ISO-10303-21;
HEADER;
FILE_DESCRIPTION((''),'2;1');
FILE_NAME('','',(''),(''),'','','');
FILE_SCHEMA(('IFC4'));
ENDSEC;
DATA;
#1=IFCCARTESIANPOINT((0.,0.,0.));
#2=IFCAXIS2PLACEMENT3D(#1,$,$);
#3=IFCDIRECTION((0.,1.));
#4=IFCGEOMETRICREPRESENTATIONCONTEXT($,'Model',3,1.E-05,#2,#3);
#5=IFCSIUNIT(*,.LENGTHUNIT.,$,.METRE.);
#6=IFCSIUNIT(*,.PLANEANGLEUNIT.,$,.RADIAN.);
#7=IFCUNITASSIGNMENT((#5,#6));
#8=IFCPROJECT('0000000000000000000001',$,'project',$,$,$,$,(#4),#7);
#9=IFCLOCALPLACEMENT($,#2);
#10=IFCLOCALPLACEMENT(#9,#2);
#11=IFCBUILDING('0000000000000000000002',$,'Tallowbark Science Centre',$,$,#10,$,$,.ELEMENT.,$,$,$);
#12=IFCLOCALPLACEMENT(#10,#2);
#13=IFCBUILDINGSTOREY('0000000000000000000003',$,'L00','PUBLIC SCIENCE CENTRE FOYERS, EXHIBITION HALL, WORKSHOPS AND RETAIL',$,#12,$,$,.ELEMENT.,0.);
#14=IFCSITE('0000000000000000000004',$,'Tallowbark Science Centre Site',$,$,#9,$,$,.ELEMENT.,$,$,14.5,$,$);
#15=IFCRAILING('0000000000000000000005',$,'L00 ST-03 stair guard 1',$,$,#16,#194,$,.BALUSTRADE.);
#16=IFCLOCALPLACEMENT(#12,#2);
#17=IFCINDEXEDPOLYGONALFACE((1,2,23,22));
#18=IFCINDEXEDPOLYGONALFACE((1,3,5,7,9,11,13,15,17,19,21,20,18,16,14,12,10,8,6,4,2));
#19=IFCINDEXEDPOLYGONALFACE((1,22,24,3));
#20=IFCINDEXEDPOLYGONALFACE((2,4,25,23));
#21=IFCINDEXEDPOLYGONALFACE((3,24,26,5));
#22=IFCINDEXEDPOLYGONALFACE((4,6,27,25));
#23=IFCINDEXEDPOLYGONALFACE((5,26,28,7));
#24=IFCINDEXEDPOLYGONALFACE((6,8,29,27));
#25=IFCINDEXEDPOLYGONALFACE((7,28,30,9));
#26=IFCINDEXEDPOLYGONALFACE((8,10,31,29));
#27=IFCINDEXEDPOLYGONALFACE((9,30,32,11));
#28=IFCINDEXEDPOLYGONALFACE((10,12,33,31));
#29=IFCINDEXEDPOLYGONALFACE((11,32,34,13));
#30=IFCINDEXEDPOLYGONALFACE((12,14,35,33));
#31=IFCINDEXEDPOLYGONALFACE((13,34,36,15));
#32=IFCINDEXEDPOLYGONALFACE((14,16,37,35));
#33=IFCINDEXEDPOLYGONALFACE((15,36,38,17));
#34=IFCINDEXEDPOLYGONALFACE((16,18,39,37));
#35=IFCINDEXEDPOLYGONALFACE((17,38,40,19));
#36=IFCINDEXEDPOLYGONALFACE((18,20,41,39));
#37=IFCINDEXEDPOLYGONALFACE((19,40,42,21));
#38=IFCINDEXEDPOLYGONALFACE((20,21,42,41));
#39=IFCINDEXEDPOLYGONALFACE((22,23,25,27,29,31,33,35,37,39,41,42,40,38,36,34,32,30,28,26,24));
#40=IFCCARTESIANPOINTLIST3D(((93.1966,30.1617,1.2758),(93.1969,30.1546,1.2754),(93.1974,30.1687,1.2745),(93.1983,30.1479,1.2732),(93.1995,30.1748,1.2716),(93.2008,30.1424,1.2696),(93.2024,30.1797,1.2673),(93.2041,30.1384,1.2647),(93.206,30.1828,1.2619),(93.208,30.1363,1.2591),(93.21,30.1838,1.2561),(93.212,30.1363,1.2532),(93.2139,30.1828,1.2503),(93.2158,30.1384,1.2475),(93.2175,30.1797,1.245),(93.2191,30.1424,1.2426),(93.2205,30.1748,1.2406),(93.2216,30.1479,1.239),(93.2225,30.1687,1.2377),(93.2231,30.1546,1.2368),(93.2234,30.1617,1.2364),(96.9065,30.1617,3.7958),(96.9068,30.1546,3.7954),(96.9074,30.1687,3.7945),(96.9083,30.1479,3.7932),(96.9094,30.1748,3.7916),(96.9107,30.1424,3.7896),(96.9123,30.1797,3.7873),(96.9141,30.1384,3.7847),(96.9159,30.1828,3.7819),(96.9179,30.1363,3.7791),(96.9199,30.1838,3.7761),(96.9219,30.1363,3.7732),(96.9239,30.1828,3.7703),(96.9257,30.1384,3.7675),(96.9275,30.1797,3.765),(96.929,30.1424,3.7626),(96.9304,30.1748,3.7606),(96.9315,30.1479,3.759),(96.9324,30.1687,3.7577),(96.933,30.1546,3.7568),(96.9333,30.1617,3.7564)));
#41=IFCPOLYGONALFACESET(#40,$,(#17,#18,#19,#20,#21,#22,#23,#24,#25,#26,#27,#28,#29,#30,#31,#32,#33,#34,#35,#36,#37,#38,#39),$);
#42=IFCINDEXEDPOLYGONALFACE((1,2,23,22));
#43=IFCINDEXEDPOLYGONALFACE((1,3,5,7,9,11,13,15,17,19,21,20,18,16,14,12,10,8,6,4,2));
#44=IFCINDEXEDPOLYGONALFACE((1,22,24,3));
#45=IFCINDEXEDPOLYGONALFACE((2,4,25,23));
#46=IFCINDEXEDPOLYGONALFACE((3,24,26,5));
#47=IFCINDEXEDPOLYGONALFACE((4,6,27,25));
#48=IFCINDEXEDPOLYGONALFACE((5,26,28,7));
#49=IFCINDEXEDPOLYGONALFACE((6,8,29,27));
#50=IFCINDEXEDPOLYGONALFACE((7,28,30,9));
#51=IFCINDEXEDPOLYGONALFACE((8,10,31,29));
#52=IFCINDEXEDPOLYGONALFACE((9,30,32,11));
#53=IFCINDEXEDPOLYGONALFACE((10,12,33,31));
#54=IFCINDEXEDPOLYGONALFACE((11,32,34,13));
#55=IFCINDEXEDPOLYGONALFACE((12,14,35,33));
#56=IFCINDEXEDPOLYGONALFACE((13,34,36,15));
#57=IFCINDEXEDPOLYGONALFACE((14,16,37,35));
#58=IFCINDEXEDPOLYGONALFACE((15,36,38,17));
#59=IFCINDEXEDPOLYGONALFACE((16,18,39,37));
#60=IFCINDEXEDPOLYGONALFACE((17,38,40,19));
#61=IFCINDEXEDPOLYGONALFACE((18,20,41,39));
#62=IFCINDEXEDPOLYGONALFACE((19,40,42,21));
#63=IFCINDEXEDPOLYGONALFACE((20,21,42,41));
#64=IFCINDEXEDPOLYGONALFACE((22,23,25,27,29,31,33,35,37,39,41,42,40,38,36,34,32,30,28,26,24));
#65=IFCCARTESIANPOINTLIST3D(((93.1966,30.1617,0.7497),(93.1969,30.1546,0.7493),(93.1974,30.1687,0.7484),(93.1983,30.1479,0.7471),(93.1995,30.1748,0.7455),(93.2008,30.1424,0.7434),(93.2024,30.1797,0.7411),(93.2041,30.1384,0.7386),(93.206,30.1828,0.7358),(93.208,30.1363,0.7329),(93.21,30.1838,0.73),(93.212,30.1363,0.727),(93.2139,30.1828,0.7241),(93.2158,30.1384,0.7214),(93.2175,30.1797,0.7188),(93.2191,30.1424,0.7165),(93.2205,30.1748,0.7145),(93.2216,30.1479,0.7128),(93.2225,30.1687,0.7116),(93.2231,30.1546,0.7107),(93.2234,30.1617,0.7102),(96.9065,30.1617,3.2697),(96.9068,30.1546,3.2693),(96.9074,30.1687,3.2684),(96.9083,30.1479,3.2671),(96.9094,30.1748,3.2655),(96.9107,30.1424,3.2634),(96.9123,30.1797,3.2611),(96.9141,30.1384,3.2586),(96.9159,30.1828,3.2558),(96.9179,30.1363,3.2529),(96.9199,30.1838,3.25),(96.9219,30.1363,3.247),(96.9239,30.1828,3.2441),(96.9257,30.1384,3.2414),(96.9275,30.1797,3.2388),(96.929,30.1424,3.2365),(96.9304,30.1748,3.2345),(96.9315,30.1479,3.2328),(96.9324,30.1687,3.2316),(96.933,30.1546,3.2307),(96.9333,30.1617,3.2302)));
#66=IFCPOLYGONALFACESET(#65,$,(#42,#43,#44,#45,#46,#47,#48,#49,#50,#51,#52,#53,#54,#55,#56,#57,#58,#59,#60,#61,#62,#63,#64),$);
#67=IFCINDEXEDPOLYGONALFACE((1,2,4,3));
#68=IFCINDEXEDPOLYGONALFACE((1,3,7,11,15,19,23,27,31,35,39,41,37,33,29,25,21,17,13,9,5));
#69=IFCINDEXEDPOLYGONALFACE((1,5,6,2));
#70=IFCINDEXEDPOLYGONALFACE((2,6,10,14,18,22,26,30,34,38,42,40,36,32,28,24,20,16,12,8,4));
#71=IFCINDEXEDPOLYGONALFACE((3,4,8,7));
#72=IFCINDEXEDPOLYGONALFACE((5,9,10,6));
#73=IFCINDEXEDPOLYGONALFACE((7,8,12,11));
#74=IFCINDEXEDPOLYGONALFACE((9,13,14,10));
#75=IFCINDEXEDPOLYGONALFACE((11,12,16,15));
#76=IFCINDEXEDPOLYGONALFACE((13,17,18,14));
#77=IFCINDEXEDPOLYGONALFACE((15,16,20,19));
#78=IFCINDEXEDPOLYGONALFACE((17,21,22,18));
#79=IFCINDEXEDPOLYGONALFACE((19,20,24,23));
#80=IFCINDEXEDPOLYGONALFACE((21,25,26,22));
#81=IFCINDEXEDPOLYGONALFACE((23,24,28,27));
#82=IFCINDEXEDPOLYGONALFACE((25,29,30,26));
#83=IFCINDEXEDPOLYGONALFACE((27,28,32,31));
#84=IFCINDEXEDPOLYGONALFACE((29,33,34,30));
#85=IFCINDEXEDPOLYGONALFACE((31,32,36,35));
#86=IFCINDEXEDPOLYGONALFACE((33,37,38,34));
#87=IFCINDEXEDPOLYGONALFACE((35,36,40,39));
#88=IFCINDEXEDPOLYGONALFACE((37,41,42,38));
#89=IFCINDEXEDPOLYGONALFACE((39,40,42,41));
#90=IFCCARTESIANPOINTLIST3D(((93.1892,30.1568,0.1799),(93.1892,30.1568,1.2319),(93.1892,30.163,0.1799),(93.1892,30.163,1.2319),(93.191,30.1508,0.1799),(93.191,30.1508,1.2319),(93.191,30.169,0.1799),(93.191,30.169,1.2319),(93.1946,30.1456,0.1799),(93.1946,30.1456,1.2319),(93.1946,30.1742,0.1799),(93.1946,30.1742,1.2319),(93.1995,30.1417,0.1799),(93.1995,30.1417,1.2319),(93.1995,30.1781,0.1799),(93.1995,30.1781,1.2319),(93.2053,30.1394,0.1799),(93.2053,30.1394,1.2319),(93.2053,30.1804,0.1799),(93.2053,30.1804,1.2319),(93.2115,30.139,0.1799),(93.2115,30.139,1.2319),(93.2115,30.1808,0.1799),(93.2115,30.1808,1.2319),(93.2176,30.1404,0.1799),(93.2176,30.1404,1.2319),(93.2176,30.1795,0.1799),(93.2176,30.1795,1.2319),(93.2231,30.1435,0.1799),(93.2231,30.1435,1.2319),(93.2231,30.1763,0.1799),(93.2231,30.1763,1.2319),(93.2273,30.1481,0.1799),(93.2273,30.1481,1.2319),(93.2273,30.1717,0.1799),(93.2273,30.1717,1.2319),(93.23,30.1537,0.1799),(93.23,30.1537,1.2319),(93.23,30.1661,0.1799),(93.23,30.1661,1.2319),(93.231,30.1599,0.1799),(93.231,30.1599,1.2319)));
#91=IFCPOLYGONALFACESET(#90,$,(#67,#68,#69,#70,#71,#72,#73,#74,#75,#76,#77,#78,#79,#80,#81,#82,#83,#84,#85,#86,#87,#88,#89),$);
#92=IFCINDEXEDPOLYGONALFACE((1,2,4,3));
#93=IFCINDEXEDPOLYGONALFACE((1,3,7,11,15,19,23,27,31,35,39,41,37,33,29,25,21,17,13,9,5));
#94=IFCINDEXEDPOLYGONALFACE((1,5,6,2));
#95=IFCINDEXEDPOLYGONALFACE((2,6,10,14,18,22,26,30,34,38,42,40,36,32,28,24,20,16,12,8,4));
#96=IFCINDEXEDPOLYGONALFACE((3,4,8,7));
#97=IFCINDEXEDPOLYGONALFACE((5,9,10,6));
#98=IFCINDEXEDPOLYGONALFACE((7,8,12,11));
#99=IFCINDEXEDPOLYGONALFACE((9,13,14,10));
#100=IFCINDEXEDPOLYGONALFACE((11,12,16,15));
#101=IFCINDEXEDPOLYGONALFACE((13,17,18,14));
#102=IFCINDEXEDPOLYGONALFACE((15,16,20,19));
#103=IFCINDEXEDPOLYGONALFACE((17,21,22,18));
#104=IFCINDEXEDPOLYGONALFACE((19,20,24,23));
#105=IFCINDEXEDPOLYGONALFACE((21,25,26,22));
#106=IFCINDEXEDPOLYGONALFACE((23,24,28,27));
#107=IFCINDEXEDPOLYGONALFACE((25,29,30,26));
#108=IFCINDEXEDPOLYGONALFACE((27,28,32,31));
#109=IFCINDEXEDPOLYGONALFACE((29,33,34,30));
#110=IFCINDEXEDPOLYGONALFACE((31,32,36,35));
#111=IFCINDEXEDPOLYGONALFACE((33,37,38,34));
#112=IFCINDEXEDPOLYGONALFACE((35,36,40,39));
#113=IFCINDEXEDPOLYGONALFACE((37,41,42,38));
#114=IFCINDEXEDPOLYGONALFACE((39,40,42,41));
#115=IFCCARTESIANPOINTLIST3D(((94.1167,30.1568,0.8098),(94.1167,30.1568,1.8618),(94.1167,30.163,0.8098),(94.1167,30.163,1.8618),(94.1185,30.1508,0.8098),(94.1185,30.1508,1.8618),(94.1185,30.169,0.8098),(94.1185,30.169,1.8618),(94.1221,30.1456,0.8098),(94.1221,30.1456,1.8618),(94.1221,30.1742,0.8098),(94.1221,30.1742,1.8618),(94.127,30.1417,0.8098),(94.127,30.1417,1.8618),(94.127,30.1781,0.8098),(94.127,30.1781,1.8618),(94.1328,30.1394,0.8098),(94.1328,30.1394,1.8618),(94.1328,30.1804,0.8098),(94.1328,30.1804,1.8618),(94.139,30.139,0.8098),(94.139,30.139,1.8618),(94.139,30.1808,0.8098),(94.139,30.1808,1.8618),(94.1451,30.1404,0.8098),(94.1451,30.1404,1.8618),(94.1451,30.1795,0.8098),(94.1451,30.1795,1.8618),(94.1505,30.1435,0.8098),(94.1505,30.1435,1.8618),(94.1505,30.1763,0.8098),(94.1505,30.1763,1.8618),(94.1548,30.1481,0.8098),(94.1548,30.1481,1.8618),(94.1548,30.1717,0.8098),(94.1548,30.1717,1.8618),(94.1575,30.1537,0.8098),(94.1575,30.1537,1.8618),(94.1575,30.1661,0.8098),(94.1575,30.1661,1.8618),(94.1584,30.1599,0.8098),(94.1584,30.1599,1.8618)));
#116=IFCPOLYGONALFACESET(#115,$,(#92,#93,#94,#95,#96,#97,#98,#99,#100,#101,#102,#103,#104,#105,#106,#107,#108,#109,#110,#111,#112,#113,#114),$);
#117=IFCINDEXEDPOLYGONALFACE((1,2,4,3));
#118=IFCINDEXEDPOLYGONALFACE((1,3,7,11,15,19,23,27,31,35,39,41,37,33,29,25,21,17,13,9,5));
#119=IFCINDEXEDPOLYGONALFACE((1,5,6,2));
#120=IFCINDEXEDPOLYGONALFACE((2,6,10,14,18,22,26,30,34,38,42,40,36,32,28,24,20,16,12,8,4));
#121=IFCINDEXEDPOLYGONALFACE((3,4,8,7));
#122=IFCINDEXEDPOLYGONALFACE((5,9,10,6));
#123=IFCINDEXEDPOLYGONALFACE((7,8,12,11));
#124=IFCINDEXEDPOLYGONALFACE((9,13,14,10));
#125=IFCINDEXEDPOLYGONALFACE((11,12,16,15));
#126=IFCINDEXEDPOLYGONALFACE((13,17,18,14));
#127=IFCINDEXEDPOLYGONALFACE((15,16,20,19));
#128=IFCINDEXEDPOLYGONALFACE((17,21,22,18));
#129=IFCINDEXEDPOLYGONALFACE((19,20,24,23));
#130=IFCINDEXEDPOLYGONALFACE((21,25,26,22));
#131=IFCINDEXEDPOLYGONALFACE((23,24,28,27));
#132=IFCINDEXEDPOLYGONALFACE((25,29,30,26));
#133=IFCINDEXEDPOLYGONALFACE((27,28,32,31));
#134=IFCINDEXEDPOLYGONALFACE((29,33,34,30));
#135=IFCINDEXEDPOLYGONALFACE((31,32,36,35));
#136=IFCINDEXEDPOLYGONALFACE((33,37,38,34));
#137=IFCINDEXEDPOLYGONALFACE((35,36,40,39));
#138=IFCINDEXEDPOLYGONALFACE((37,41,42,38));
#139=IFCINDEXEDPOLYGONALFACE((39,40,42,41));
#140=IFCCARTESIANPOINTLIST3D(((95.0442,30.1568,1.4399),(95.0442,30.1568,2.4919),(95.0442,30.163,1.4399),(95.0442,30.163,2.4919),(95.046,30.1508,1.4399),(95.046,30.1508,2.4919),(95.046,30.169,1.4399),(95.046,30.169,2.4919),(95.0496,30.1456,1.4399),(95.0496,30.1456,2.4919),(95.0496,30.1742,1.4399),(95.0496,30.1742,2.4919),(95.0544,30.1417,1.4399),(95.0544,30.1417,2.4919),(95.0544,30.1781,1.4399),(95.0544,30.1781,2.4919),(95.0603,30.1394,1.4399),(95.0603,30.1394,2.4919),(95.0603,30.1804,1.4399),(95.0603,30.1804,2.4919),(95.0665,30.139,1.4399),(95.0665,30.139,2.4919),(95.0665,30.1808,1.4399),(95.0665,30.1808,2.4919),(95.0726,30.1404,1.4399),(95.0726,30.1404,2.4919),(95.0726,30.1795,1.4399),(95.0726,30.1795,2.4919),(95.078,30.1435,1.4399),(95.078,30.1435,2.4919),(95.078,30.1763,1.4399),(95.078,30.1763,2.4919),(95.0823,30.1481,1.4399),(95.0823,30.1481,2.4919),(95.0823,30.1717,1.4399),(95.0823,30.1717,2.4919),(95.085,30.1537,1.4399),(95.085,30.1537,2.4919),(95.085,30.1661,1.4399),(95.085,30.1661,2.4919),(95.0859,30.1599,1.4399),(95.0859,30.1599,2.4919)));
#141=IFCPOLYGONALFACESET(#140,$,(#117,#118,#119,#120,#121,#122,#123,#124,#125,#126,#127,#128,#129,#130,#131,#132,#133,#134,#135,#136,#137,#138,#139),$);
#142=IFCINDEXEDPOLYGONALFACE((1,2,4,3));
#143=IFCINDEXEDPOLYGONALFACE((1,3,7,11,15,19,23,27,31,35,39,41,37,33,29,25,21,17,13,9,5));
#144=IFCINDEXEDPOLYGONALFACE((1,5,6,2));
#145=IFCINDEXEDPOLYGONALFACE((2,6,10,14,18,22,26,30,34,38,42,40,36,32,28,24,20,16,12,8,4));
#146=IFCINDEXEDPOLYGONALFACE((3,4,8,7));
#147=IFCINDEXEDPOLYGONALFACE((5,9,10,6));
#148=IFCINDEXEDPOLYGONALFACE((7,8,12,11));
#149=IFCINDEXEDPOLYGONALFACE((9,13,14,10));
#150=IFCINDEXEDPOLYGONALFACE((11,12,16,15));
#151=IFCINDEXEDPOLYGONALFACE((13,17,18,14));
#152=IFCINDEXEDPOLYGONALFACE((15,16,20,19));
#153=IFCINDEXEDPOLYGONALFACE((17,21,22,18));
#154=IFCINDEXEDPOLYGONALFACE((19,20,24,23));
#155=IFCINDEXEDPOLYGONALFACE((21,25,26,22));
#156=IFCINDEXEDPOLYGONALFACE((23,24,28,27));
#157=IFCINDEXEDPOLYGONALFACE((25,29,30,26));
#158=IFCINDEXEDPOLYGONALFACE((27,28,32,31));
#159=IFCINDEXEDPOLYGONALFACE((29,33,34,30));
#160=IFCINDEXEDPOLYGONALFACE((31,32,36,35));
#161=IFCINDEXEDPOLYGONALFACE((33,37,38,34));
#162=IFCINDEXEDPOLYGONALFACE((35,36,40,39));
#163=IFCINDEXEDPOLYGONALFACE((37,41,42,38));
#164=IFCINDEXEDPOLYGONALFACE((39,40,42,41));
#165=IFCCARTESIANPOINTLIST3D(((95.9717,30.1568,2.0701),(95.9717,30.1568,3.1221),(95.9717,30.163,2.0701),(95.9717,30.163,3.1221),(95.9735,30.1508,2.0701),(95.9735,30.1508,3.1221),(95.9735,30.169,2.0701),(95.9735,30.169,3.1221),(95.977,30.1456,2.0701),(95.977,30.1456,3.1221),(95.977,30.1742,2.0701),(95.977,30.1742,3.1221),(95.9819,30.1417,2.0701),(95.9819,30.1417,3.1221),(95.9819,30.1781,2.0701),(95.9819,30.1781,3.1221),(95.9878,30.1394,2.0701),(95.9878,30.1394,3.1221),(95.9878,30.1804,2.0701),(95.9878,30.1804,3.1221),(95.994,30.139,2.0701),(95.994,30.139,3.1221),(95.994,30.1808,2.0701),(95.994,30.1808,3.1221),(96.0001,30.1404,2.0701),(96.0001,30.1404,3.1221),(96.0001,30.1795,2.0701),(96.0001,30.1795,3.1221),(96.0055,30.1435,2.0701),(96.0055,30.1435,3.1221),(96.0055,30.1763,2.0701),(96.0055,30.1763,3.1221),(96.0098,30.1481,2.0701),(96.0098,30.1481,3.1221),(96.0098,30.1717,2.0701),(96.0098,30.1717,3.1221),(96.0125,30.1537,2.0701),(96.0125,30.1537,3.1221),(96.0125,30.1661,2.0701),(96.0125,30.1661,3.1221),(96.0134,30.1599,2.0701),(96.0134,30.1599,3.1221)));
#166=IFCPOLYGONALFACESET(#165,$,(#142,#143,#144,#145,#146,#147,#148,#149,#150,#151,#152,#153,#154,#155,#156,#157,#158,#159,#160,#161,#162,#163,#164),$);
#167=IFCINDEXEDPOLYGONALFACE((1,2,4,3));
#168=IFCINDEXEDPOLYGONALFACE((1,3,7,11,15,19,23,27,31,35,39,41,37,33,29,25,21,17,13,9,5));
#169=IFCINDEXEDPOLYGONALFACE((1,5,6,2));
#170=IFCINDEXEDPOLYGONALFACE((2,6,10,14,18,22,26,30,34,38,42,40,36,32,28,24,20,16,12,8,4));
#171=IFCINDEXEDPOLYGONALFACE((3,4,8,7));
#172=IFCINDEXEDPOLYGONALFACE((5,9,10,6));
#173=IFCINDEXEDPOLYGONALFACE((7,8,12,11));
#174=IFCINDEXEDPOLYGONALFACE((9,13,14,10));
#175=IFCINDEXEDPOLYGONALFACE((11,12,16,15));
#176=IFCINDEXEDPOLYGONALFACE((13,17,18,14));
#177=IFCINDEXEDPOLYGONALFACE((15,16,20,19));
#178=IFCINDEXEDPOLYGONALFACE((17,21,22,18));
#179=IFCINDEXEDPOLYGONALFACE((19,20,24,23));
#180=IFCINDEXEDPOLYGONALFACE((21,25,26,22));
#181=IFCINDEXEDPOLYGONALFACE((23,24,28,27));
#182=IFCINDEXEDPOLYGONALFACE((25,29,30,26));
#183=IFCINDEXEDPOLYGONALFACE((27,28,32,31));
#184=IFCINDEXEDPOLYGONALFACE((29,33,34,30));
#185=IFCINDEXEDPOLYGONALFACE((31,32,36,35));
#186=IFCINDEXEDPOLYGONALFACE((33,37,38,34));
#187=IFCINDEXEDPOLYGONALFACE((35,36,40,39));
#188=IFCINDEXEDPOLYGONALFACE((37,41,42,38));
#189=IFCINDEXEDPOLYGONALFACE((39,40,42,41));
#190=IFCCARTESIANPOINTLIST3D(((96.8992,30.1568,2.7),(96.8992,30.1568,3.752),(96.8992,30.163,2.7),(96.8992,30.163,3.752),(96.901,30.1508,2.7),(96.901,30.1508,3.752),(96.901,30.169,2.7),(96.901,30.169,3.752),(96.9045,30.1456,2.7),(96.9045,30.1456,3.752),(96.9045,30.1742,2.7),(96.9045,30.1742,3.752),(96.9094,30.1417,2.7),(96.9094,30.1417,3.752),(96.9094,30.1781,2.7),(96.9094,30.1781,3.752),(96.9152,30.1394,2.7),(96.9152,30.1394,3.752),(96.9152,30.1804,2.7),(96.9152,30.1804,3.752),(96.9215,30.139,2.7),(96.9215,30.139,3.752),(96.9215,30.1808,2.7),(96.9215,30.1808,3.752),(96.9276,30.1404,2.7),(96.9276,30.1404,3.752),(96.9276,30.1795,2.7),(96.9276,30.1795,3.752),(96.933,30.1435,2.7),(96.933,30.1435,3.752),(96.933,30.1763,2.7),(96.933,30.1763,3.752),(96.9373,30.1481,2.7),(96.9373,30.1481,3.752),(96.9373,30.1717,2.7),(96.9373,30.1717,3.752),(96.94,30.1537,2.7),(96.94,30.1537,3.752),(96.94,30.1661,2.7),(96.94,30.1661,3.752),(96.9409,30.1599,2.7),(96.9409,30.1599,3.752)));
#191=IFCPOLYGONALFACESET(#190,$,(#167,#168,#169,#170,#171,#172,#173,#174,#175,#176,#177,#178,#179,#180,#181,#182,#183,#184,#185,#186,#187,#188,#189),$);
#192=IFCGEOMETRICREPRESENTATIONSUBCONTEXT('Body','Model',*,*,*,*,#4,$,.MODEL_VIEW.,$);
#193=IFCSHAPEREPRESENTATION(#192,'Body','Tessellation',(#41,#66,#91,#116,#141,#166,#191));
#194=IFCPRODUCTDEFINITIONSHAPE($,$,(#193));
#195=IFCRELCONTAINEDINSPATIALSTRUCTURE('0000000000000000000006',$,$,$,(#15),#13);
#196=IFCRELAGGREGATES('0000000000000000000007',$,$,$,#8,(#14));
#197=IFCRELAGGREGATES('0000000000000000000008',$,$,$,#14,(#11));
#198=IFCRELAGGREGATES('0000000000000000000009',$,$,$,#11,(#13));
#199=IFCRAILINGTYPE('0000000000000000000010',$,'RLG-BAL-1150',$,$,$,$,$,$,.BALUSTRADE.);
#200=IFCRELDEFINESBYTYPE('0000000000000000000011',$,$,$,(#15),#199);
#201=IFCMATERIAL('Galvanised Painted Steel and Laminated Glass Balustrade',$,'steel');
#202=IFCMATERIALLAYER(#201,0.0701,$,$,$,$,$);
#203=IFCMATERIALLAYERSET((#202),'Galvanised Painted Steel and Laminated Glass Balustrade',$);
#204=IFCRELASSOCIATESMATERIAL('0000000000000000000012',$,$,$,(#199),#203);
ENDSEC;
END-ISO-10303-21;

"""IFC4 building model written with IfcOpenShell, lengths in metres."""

from ifc_helpers import new_model, si_unit, direction, frame, origin, origin_2d, place, context, subcontext, project, spatial, circle, extrude, material, layer, layer_set, type_object, element, save


model = new_model("IFC4")

# Units and contexts
model_context = context("Model", 3, precision=1e-05, world=origin(), true_north=direction((0.0, 1.0)))
body_context = subcontext(model_context, "Body", "Model", "MODEL_VIEW")
ifc_project = project(units=[si_unit("LENGTHUNIT", "METRE"), si_unit("PLANEANGLEUNIT", "RADIAN")], contexts=[model_context])

# Site, building, storey
site_placement = place(None, origin())
site = spatial("IfcSite", under=ifc_project, at=site_placement, Name="Tallowbark Science Centre Site", CompositionType="ELEMENT", RefElevation=14.5)
building_placement = place(site_placement, origin())
building = spatial("IfcBuilding", under=site, at=building_placement, Name="Tallowbark Science Centre", CompositionType="ELEMENT")
storey_placement = place(building_placement, origin())
storey = spatial("IfcBuildingStorey", under=building, at=storey_placement, Name="L00", Description="PUBLIC SCIENCE CENTRE FOYERS, EXHIBITION HALL, WORKSHOPS AND RETAIL", CompositionType="ELEMENT", Elevation=0.0)

# Railing
ifc_material_1 = material(Name="Galvanised Painted Steel and Laminated Glass Balustrade", Category="steel")
ifc_layer_1 = layer(ifc_material_1, 0.0701)
ifc_layer_set_1 = layer_set([ifc_layer_1], Name="Galvanised Painted Steel and Laminated Glass Balustrade")
railing_type_1 = type_object("IfcRailingType", Name="RLG-BAL-1150", PredefinedType="BALUSTRADE", material=ifc_layer_set_1)
railing_1_placement = place(storey_placement, frame((93.21, 30.1599, 0.1799)))
element("IfcRailing", 1, at=railing_1_placement, inside=storey, type_object=railing_type_1, Name="L00 ST-03 stair guard 1", PredefinedType="BALUSTRADE", context=body_context, shape_type="SweptSolid", body=[
    extrude(circle(Radius=0.0239, at=origin_2d()), frame((0.0, 0.0, 1.0762), z_axis=(0.827212, 0.0, 0.56189), x_axis=(0.0, 1.0, 0.0)), (0.0, 0.0, 1.0), 4.4849),
    extrude(circle(Radius=0.0239, at=origin_2d()), frame((0.0, 0.0, 0.55), z_axis=(0.827212, 0.0, 0.56189), x_axis=(0.0, 1.0, 0.0)), (0.0, 0.0, 1.0), 4.4849),
    extrude(circle(Radius=0.021, at=origin_2d()), origin(), (0.0, 0.0, 1.0), 1.052),
    extrude(circle(Radius=0.021, at=origin_2d()), frame((0.9275, 0.0, 0.6299)), (0.0, 0.0, 1.0), 1.052),
    extrude(circle(Radius=0.021, at=origin_2d()), frame((1.855, 0.0, 1.26)), (0.0, 0.0, 1.0), 1.052),
    extrude(circle(Radius=0.021, at=origin_2d()), frame((2.7825, 0.0, 1.8901)), (0.0, 0.0, 1.0), 1.052),
    extrude(circle(Radius=0.021, at=origin_2d()), frame((3.71, 0.0, 2.52)), (0.0, 0.0, 1.0), 1.052),
])

save(model, "model.ifc")
